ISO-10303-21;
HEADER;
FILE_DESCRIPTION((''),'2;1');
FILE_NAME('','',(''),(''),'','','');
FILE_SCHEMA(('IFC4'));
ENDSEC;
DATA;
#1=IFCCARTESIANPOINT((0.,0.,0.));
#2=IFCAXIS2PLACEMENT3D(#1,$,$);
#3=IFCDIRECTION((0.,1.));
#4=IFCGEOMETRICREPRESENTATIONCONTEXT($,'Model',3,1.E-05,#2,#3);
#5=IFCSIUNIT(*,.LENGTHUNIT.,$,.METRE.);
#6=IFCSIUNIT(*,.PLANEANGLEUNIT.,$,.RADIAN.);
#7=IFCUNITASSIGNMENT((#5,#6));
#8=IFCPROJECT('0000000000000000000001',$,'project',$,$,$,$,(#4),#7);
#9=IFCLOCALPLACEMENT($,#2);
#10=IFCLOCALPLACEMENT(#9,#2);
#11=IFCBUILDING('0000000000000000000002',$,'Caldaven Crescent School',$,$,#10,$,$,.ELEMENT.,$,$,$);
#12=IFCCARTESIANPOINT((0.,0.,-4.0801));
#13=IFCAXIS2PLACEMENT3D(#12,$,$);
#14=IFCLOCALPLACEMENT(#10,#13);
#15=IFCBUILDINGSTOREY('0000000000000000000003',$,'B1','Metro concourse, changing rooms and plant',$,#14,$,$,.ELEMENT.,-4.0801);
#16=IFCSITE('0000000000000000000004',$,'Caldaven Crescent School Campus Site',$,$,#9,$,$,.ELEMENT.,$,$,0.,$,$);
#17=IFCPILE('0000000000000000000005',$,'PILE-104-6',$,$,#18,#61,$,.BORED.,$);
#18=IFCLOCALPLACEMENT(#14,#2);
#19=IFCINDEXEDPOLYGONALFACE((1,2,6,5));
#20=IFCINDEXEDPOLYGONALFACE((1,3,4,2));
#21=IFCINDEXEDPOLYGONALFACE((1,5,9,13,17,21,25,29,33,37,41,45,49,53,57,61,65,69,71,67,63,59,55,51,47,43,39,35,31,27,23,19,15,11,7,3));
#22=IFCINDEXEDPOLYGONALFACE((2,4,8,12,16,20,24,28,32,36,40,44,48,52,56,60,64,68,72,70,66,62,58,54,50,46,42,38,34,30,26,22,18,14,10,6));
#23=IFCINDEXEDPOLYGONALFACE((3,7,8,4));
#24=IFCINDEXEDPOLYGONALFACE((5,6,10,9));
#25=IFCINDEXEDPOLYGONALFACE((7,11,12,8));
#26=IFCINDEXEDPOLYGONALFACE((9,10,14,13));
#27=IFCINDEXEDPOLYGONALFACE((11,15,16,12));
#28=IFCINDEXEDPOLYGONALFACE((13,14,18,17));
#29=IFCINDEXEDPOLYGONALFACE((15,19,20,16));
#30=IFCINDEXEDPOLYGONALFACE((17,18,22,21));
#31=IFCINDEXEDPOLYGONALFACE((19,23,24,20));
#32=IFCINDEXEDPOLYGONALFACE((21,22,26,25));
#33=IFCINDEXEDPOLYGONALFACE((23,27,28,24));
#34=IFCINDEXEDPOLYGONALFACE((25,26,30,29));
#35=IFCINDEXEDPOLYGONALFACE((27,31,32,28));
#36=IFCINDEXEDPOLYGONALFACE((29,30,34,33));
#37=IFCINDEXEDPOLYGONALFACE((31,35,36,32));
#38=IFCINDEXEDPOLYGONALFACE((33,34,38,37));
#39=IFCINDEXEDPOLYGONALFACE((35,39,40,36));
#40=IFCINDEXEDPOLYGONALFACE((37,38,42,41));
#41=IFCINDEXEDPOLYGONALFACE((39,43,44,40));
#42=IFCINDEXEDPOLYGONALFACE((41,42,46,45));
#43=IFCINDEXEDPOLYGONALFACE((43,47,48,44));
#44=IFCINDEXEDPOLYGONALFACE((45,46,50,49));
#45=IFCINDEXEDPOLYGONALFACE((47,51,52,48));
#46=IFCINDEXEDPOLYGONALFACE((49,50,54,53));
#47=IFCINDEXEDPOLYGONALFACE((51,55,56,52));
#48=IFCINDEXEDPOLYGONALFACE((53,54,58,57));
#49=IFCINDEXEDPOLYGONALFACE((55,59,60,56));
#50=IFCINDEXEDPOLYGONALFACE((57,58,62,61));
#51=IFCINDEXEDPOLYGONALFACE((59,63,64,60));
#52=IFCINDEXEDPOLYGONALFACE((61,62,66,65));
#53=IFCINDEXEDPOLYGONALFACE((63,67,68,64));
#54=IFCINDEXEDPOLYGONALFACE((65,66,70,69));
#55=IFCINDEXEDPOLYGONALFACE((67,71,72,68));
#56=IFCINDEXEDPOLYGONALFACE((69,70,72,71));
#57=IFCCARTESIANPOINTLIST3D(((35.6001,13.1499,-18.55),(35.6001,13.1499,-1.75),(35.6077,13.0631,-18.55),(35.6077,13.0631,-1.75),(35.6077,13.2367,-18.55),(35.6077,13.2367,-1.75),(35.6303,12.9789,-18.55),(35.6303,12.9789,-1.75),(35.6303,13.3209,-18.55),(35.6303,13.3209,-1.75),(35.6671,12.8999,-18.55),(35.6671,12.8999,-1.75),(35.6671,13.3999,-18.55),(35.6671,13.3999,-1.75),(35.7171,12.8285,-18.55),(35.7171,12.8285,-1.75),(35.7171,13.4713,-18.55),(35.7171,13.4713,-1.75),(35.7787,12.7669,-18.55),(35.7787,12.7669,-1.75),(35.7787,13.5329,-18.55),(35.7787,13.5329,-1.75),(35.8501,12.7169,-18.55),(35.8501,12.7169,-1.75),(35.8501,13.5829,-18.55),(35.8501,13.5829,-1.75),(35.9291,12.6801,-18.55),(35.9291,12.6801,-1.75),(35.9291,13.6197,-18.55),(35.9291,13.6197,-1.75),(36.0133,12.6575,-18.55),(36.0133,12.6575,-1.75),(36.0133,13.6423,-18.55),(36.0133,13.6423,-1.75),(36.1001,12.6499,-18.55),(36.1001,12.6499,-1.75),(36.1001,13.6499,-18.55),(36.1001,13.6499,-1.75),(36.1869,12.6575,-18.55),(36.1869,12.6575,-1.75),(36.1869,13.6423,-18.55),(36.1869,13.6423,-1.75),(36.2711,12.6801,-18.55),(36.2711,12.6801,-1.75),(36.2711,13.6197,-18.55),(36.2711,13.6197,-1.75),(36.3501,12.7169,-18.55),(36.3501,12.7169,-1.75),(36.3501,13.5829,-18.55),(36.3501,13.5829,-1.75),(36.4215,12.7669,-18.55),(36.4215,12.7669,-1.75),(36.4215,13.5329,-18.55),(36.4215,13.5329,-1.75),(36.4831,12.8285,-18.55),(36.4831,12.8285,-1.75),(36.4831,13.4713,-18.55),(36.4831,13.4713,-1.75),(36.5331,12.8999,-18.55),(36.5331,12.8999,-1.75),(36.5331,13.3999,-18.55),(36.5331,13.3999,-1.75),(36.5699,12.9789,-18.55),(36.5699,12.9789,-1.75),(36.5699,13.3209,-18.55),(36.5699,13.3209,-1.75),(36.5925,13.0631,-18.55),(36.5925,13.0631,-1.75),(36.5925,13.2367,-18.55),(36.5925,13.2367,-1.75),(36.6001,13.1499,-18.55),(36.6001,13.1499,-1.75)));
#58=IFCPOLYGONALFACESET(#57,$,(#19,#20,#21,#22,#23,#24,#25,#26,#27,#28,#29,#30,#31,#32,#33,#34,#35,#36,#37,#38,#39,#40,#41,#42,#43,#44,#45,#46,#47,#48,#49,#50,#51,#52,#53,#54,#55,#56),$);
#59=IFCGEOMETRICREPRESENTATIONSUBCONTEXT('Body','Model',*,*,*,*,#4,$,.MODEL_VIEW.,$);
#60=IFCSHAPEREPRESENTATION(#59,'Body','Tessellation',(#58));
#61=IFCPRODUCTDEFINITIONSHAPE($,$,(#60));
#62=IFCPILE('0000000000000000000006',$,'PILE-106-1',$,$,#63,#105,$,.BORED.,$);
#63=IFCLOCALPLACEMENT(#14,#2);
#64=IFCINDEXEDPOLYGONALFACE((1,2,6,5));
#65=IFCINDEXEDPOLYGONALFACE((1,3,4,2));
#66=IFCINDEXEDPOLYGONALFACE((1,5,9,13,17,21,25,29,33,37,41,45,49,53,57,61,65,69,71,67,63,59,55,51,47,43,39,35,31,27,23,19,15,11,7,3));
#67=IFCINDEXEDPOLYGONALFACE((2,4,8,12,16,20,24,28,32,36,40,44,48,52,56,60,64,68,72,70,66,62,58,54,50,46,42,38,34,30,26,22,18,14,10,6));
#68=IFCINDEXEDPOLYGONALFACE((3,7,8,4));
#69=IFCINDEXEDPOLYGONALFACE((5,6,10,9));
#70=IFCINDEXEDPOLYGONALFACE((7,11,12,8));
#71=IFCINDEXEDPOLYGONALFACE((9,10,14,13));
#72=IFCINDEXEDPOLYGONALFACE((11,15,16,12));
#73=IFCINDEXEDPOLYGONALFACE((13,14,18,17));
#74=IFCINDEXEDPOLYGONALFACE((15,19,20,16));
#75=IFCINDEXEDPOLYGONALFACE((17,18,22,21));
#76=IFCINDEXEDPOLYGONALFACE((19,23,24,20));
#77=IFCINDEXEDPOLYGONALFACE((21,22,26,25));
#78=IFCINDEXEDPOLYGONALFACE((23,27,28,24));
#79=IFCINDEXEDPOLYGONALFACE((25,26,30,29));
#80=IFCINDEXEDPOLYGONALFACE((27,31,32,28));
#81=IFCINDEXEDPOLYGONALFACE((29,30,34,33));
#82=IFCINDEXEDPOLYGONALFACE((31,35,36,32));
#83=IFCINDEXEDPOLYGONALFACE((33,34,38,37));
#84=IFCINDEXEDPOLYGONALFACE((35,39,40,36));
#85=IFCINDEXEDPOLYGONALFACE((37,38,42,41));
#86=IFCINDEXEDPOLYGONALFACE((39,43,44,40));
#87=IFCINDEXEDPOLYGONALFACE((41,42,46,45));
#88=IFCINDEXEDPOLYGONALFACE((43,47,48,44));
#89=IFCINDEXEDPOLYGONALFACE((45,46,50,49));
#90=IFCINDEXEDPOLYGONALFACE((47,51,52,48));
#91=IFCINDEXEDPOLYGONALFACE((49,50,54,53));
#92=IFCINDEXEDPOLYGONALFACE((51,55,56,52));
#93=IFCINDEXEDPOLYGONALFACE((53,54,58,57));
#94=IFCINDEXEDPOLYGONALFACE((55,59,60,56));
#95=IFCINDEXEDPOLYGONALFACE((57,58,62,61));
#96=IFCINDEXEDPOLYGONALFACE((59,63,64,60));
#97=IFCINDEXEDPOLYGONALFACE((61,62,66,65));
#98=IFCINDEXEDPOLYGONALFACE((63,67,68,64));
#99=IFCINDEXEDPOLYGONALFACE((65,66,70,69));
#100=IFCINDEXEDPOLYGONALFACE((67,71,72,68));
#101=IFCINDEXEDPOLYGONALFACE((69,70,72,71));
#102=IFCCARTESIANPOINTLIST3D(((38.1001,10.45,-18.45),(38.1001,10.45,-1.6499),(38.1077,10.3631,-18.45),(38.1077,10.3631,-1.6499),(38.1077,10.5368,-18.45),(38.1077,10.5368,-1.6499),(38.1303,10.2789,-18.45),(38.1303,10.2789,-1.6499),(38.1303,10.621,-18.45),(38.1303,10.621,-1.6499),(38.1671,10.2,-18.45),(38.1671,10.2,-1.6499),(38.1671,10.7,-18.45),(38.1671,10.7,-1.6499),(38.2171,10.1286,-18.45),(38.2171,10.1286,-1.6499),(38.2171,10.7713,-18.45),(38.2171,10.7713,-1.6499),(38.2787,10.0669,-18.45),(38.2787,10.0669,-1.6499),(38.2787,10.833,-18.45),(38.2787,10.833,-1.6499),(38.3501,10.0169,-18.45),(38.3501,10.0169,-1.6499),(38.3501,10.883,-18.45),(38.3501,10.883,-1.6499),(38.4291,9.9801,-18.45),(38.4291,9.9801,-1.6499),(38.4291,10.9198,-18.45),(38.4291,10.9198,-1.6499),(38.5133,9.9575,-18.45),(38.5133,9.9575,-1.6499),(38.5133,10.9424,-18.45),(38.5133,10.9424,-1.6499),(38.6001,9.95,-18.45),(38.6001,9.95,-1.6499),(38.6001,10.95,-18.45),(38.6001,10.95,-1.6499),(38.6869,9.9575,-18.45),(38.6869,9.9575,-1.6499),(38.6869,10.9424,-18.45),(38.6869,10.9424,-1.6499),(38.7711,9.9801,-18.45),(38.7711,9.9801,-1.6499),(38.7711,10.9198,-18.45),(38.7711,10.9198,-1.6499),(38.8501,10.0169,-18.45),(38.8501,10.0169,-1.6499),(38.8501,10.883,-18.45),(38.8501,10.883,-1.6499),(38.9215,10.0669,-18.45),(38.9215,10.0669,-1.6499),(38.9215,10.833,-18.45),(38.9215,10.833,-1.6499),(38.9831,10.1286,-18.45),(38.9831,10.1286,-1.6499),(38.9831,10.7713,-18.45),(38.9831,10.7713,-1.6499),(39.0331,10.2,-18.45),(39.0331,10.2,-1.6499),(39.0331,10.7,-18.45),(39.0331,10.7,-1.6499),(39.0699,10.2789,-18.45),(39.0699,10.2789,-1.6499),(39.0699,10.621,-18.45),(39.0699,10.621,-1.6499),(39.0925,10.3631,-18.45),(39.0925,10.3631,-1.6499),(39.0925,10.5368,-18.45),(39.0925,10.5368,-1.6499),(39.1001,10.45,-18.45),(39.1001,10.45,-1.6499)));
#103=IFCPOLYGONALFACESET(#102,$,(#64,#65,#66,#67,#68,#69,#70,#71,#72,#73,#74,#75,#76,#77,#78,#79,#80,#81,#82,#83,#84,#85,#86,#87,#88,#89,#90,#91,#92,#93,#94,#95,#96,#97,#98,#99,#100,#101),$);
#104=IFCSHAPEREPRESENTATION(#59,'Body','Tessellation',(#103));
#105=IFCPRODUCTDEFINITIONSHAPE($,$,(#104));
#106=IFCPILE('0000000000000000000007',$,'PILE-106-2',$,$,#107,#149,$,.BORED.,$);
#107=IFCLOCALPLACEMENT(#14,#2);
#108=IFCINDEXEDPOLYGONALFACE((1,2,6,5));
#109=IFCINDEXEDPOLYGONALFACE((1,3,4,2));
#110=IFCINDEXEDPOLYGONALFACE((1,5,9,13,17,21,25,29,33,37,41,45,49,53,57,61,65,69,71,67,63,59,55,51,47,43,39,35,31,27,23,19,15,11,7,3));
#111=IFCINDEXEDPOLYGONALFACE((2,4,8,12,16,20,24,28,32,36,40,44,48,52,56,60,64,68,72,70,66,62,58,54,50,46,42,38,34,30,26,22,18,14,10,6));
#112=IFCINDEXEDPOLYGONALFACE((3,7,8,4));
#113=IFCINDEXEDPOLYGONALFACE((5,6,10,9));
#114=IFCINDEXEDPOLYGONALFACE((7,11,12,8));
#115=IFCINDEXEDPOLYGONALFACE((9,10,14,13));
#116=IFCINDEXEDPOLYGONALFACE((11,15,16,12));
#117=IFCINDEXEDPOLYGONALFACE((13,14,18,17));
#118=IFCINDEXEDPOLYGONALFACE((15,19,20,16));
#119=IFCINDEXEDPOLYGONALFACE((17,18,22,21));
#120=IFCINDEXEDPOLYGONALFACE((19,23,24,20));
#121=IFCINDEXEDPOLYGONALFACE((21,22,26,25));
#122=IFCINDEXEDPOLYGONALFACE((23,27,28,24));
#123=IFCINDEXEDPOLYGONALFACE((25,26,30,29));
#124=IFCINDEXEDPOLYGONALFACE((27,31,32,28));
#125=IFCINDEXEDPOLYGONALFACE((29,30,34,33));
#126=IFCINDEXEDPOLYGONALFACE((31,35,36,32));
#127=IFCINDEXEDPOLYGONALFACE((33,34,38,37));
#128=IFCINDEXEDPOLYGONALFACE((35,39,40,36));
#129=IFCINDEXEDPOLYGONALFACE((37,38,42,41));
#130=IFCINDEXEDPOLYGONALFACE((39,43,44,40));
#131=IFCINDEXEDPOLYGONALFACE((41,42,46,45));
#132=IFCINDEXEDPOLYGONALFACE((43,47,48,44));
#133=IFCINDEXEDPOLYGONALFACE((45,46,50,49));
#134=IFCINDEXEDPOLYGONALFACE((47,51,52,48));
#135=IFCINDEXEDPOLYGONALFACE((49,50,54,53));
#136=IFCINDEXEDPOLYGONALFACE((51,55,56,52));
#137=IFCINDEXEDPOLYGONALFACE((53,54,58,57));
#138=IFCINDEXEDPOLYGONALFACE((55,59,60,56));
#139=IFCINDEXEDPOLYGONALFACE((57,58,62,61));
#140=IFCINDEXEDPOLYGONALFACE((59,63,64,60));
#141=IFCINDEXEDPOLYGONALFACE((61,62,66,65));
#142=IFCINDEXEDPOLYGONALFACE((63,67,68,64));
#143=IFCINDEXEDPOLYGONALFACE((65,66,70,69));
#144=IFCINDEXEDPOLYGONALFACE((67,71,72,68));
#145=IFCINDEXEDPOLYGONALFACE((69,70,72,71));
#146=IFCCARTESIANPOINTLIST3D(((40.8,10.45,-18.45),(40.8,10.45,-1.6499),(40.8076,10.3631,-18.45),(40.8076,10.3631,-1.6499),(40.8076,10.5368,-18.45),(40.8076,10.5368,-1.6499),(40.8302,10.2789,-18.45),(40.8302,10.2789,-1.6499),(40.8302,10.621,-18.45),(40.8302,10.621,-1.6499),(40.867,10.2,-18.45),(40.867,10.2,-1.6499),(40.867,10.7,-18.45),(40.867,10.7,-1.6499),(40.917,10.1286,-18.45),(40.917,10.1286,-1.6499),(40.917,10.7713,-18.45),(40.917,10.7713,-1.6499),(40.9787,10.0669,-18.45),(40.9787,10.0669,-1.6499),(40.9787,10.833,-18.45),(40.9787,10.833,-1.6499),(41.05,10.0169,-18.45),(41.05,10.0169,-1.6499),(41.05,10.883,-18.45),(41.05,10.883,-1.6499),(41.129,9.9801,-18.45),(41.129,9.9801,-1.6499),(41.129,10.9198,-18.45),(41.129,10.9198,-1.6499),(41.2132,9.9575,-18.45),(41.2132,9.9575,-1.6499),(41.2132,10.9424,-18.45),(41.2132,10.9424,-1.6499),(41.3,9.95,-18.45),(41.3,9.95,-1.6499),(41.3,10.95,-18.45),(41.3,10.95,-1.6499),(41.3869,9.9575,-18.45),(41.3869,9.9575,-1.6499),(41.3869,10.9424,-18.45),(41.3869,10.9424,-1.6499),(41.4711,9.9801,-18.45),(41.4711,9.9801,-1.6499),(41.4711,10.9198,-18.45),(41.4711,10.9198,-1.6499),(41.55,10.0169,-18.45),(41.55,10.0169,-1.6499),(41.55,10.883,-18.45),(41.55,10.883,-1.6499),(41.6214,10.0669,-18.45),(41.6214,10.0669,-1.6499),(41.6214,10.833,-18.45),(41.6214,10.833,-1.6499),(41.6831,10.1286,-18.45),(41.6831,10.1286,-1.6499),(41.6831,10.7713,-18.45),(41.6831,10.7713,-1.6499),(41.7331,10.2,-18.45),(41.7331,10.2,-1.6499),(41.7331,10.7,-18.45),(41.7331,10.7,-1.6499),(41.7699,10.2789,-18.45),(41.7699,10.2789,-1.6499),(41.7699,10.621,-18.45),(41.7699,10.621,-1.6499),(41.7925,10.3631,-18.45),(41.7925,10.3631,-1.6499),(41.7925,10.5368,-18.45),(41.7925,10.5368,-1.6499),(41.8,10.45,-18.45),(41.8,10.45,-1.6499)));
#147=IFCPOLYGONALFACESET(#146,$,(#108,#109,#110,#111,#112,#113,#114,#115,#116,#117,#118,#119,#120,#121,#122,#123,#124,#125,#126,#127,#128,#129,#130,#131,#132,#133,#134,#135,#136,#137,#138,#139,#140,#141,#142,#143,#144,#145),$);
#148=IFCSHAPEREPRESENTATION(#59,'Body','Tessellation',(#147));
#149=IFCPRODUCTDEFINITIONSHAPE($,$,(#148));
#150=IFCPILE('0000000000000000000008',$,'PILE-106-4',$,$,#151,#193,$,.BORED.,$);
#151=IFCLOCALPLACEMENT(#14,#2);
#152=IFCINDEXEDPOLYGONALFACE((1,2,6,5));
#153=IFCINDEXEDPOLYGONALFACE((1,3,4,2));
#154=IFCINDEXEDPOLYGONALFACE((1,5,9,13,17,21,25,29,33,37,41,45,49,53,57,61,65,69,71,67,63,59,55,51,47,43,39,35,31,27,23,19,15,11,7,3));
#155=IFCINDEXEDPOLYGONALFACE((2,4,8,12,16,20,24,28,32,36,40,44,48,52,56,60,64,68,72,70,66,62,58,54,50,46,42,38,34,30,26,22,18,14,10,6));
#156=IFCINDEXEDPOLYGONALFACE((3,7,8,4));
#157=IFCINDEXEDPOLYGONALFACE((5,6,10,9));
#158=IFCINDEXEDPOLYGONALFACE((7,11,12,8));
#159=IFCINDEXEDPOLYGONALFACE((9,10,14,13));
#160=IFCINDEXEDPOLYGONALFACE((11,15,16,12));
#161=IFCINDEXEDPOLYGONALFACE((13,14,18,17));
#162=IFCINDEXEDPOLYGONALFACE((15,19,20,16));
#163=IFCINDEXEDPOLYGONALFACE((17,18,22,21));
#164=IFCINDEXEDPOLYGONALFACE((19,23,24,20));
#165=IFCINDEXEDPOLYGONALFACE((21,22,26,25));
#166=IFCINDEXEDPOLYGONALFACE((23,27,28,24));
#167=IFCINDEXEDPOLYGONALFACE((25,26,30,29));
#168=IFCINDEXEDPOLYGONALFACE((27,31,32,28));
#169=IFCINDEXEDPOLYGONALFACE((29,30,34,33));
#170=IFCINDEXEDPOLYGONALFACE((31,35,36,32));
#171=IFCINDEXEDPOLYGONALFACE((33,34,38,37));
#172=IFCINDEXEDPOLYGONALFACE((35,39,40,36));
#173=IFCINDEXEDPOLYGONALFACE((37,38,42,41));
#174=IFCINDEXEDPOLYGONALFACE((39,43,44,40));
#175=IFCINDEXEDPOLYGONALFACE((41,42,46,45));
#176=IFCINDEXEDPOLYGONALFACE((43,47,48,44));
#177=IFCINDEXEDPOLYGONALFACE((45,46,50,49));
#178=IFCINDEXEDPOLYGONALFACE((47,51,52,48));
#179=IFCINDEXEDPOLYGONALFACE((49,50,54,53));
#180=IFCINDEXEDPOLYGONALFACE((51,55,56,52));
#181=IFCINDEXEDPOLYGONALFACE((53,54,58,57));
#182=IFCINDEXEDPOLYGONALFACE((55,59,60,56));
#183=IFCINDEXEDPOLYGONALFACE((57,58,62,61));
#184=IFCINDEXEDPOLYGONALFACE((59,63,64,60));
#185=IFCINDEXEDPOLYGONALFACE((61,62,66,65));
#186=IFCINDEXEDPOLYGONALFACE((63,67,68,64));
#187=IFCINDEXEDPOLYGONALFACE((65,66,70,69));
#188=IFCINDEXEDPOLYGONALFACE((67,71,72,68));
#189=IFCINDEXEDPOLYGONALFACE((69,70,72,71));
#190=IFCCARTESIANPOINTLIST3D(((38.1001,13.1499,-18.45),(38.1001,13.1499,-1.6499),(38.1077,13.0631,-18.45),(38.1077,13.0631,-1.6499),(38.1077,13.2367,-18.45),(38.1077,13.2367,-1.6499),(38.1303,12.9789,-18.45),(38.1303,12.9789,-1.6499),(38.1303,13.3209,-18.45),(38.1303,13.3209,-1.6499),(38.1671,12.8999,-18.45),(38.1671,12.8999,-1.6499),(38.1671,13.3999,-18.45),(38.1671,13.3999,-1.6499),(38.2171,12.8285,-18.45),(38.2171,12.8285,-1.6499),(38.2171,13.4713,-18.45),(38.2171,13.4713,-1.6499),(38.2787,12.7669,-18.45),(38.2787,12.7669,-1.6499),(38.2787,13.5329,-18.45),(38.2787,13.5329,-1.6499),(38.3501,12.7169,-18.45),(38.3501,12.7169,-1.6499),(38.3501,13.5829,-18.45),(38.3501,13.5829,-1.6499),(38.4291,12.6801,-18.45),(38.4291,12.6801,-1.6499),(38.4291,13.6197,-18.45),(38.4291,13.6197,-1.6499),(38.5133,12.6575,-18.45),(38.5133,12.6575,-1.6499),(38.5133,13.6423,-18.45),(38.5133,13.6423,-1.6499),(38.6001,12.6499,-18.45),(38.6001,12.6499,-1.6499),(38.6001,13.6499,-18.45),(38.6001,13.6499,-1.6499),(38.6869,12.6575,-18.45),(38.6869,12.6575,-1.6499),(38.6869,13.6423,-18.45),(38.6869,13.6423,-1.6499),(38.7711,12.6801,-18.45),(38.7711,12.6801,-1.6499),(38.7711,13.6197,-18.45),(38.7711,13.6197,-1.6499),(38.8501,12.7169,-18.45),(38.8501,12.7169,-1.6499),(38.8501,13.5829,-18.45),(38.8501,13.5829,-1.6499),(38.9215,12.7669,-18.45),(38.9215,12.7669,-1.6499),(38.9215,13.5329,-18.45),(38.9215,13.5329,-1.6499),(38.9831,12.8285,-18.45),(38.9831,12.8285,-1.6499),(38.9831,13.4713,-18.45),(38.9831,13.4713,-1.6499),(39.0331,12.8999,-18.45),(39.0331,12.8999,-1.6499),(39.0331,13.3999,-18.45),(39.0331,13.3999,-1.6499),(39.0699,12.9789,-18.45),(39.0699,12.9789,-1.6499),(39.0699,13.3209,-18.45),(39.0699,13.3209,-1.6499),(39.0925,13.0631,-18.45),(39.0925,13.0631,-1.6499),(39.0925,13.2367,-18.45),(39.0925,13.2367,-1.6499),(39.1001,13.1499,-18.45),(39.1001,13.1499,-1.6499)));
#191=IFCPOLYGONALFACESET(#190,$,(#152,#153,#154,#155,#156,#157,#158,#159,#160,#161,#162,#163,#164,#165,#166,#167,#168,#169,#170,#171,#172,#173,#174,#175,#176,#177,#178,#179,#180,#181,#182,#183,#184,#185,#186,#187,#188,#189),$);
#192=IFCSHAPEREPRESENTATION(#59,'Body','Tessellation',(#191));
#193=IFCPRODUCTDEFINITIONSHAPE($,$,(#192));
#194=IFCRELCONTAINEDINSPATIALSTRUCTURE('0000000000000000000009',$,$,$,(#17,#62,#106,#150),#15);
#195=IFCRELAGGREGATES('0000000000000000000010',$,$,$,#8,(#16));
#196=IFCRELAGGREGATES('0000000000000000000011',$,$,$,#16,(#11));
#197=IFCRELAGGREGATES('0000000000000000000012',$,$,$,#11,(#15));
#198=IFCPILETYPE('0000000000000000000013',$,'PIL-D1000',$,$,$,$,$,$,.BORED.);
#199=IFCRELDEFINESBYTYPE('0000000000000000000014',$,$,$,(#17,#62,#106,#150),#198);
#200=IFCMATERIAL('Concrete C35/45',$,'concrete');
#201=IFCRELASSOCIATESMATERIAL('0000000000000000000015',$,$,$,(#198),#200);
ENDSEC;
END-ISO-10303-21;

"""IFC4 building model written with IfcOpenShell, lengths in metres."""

from ifc_helpers import new_model, si_unit, direction, frame, origin, origin_2d, place, context, subcontext, project, spatial, circle, extrude, material, material_profile, profile_set, type_object, element, save


model = new_model("IFC4")

# Units and contexts
model_context = context("Model", 3, precision=1e-05, world=origin(), true_north=direction((0.0, 1.0)))
body_context = subcontext(model_context, "Body", "Model", "MODEL_VIEW")
ifc_project = project(units=[si_unit("LENGTHUNIT", "METRE"), si_unit("PLANEANGLEUNIT", "RADIAN")], contexts=[model_context])

# Site, building, storey
site_placement = place(None, origin())
site = spatial("IfcSite", under=ifc_project, at=site_placement, Name="Caldaven Crescent School Campus Site", CompositionType="ELEMENT", RefElevation=0.0)
building_placement = place(site_placement, origin())
building = spatial("IfcBuilding", under=site, at=building_placement, Name="Caldaven Crescent School", CompositionType="ELEMENT")
storey_placement = place(building_placement, frame((0.0, 0.0, -4.0801)))
storey = spatial("IfcBuildingStorey", under=building, at=storey_placement, Name="B1", Description="Metro concourse, changing rooms and plant", CompositionType="ELEMENT", Elevation=-4.0801)

# Shared definitions
ifc_material_1 = material(Name="Concrete C35/45", Category="concrete")

# Piles
ifc_material_profile_1 = material_profile(ifc_material_1, circle(Radius=0.5, at=origin_2d()), Name="PILE D1000")
ifc_profile_set_1 = profile_set([ifc_material_profile_1], Name="Concrete C35/45")
pile_type = type_object("IfcPileType", Name="PIL-D1000", PredefinedType="BORED", material=ifc_profile_set_1)
for number, where, z_axis, x_axis, name in (
    (1, (36.1001, 13.1499, -1.75), (0.0, 0.0, -1.0), (1.0, 0.0, 0.0), "PILE-104-6"),
    (2, (38.6001, 10.45, -1.6499), (0.0, 0.0, -1.0), (1.0, 0.0, 0.0), "PILE-106-1"),
    (3, (41.3, 10.45, -1.6499), (0.0, 0.0, -1.0), (1.0, 0.0, 0.0), "PILE-106-2"),
    (4, (38.6001, 13.1499, -1.6499), (0.0, 0.0, -1.0), (1.0, 0.0, 0.0), "PILE-106-4"),
):
    element("IfcPile", number, at=place(storey_placement, frame(where, z_axis=z_axis, x_axis=x_axis)), inside=storey, type_object=pile_type, Name=name, PredefinedType="BORED", context=body_context, shape_type="SweptSolid", body=[
        extrude(circle(Radius=0.5, at=origin_2d()), origin(), (0.0, 0.0, 1.0), 16.8),
    ])

save(model, "model.ifc")
